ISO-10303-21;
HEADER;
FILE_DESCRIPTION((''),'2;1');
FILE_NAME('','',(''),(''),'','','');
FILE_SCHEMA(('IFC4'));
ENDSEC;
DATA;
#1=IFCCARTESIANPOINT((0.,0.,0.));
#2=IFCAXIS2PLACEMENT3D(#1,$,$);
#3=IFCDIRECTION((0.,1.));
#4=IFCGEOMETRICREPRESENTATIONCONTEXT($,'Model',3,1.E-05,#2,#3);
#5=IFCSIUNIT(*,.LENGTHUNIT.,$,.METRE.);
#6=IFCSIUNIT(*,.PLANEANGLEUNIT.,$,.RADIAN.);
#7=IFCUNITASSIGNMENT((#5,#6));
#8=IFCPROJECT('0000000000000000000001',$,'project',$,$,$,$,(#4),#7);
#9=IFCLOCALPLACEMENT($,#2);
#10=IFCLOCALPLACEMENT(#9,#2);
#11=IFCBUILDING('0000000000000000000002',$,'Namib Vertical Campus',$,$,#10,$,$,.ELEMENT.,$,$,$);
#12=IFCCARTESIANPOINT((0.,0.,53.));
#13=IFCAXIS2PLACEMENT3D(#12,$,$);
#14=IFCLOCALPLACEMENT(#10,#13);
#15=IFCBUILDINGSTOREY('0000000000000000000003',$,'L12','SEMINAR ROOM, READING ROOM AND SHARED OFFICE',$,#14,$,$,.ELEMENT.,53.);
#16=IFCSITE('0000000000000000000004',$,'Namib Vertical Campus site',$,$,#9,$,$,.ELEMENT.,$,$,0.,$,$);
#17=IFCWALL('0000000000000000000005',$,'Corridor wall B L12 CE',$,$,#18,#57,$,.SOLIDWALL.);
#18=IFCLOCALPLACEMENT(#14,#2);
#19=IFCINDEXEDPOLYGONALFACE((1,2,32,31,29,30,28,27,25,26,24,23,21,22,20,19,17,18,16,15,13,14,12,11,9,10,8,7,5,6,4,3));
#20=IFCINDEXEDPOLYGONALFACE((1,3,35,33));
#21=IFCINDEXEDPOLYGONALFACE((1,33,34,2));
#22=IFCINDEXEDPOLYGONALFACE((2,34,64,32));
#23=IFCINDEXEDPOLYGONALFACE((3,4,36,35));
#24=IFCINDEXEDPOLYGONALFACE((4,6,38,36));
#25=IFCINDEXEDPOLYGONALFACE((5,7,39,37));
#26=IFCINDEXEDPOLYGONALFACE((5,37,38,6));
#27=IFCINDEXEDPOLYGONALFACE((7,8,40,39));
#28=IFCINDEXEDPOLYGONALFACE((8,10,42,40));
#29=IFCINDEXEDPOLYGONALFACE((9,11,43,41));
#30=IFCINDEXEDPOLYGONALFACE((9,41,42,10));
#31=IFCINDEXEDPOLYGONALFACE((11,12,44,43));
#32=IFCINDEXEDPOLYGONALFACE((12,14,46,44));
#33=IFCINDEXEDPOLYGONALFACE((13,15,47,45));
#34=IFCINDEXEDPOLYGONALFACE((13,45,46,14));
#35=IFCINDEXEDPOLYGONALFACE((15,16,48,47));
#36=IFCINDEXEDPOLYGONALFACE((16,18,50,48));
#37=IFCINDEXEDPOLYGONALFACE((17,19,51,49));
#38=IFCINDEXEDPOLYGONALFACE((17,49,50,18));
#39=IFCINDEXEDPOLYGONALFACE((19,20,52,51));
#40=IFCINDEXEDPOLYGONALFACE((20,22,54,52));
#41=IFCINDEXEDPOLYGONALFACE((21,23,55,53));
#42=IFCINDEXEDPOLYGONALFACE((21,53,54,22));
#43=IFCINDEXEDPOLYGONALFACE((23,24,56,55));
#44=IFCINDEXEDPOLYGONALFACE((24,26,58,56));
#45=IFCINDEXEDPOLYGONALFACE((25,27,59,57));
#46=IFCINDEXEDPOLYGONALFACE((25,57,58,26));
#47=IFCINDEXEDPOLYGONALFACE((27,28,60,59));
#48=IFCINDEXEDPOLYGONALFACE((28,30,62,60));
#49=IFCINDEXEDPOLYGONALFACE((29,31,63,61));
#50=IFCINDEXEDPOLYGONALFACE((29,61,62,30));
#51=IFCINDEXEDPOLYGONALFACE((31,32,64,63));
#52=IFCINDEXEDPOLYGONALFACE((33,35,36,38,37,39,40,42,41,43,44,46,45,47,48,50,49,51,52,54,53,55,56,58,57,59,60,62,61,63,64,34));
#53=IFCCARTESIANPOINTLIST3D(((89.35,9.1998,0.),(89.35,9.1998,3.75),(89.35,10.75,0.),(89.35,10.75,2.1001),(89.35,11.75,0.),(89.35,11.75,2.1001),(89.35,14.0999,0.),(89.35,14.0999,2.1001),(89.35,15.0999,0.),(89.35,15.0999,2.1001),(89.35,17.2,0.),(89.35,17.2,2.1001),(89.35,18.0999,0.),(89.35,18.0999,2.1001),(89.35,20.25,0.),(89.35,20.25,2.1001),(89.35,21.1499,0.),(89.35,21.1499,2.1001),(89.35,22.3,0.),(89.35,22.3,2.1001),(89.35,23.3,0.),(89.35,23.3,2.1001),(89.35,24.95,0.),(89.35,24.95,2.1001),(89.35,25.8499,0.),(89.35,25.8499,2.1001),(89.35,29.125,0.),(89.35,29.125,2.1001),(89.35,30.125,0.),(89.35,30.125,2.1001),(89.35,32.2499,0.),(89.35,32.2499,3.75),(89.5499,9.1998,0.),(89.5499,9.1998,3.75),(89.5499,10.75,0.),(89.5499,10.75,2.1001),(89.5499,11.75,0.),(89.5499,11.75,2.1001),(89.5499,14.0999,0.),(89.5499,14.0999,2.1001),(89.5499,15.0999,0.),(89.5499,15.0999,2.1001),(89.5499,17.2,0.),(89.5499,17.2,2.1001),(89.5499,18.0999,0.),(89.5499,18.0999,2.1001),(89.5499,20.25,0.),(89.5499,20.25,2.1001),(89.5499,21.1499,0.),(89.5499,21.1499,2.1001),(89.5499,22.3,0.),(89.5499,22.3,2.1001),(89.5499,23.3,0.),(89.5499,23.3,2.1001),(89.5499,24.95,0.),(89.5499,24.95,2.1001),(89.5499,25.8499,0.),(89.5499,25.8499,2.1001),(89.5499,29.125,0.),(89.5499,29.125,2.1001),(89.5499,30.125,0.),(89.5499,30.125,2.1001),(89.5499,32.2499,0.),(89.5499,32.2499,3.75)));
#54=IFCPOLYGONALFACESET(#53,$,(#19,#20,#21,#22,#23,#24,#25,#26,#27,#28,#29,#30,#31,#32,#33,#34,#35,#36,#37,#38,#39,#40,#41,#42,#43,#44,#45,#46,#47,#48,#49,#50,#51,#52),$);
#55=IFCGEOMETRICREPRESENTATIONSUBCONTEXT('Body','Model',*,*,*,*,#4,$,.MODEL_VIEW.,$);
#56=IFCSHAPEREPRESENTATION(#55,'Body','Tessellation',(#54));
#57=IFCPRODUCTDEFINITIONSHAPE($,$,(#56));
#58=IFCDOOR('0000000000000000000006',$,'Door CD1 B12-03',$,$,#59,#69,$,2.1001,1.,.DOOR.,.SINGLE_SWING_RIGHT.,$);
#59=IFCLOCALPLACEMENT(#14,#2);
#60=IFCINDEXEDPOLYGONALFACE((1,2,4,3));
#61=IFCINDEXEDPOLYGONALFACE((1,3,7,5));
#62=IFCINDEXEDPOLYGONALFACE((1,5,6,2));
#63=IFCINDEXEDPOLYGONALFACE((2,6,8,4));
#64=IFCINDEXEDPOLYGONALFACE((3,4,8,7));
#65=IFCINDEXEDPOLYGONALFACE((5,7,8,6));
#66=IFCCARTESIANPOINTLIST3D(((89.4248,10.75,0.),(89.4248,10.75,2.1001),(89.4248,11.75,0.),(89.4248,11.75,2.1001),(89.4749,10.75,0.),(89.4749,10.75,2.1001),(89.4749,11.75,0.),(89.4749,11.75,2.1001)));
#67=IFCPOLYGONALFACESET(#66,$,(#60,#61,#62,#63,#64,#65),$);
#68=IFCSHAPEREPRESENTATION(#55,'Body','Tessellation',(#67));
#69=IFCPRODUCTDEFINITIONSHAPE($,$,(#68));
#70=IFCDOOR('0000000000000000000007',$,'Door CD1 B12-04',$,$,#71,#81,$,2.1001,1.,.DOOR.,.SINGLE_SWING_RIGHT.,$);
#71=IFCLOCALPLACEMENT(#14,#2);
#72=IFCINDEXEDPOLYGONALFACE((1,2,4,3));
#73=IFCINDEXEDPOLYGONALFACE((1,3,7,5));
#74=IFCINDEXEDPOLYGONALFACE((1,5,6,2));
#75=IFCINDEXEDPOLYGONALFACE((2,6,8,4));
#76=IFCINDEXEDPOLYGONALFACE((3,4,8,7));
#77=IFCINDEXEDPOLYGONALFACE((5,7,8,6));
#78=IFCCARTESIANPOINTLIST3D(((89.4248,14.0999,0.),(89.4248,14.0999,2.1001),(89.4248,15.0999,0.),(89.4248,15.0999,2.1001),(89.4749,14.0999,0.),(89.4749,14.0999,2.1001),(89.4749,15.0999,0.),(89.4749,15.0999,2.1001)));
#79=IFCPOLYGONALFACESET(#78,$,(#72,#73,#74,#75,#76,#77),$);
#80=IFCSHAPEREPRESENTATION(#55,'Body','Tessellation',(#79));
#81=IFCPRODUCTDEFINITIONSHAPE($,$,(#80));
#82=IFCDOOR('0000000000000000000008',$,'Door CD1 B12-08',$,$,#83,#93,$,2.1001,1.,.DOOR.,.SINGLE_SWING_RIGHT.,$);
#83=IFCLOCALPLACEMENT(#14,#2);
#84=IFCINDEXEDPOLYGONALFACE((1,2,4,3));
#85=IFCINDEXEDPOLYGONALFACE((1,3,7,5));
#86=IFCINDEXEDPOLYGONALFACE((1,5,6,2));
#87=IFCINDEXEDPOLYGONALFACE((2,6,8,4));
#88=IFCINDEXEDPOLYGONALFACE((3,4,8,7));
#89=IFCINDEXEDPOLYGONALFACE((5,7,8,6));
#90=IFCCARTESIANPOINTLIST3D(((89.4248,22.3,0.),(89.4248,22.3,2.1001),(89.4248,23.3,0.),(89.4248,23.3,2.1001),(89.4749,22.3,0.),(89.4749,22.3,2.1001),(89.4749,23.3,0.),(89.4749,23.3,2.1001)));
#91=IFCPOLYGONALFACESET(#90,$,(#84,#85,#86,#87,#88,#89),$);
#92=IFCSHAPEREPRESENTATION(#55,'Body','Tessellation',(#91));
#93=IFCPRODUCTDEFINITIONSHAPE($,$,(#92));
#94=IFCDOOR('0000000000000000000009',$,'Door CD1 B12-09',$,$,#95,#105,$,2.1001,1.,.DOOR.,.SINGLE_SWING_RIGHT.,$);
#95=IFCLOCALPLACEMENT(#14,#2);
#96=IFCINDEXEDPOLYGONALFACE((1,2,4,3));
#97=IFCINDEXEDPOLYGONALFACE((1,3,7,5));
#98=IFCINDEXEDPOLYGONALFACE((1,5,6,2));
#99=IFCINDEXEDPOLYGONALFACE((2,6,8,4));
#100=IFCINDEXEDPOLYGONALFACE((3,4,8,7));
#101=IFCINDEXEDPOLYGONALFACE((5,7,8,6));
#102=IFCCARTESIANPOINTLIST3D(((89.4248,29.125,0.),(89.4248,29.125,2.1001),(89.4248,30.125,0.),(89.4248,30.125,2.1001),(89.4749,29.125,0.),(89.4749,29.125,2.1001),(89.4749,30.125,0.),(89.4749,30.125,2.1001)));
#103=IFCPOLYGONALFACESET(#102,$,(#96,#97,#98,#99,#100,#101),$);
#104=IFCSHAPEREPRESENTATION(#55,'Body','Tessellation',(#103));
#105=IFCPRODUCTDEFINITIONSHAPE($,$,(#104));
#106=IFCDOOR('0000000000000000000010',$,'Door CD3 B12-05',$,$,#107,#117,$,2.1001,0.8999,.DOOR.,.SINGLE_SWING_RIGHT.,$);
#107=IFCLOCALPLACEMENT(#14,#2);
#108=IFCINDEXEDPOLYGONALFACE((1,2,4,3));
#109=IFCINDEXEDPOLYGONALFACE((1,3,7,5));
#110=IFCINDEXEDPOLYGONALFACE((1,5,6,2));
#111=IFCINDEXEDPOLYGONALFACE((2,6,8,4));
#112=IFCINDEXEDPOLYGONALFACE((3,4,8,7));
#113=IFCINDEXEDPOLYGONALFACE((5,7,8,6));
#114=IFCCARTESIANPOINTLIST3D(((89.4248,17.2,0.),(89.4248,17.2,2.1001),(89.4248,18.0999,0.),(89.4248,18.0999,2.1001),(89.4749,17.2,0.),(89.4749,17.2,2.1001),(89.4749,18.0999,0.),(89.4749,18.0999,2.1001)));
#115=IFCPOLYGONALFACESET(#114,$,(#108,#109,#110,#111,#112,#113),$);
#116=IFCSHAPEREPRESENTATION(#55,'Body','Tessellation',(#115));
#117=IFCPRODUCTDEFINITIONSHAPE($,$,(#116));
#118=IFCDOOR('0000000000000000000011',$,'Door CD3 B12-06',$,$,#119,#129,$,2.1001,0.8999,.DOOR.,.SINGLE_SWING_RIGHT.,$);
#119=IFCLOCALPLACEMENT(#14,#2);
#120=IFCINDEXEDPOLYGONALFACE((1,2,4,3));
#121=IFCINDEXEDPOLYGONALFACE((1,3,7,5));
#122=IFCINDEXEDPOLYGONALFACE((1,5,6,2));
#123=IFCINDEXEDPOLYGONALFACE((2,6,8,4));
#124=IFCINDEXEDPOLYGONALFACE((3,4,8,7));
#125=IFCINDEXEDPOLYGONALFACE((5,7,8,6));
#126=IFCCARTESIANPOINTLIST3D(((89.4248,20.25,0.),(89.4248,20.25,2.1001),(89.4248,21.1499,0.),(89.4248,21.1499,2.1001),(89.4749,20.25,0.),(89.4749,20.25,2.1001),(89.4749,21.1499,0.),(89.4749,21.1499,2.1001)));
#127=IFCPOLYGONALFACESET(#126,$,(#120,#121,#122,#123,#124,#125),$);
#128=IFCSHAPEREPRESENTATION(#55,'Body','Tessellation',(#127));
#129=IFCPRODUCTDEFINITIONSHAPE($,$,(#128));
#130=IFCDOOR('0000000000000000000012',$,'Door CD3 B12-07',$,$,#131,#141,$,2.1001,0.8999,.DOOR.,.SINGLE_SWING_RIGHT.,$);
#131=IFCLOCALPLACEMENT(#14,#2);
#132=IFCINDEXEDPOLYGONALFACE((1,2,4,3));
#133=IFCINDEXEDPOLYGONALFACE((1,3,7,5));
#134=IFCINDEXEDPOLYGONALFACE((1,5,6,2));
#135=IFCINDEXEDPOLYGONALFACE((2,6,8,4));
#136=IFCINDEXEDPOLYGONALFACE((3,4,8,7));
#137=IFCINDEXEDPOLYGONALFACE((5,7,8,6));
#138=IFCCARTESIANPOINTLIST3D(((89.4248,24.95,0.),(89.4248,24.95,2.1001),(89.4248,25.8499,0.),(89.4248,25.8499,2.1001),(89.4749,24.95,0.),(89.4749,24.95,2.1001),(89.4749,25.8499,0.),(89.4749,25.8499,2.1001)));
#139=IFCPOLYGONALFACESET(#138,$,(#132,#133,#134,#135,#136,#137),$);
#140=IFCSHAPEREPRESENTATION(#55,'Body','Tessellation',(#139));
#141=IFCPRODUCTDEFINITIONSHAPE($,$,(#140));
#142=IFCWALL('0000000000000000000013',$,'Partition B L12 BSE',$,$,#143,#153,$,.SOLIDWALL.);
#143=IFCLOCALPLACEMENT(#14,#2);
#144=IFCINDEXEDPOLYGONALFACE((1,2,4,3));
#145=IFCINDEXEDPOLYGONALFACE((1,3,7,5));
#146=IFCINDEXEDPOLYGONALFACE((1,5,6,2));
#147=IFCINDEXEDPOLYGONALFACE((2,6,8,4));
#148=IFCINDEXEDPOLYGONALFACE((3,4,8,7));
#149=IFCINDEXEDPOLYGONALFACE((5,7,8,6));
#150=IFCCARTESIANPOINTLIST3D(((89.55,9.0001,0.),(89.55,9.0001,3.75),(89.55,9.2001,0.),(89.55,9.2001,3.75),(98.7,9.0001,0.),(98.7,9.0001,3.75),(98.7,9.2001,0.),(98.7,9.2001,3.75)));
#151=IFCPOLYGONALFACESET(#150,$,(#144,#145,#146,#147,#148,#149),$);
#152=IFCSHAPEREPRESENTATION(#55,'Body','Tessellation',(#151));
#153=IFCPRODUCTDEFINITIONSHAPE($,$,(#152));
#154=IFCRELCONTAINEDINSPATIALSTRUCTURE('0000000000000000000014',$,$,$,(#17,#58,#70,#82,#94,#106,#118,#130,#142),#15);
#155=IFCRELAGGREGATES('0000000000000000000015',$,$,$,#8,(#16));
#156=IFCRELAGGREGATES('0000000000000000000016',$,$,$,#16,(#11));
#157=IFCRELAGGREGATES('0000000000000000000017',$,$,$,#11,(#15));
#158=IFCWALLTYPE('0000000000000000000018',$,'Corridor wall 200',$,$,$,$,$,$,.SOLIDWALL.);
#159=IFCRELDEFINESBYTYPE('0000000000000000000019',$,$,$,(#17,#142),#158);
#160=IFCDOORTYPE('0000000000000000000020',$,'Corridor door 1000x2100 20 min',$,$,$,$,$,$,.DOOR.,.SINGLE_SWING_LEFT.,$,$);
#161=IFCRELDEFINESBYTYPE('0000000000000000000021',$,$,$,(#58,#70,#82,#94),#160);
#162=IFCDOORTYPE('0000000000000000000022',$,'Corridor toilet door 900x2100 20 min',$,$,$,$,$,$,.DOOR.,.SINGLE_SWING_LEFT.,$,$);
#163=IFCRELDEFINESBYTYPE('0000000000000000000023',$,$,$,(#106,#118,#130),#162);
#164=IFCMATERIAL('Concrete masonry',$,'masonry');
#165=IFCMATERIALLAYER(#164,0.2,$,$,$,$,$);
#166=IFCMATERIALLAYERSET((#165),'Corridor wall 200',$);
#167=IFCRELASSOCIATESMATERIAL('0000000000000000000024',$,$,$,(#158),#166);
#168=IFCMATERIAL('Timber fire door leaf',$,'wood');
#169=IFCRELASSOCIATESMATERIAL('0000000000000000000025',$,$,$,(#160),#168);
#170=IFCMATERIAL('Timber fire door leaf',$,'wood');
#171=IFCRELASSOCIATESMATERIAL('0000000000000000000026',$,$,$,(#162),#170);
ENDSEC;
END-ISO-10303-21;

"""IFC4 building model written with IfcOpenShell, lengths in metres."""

from ifc_helpers import new_model, si_unit, direction, frame, frame_2d, origin, place, context, subcontext, project, spatial, rectangle, extrude, material, layer, layer_set, type_object, element, fill, save


model = new_model("IFC4")

# Units and contexts
model_context = context("Model", 3, precision=1e-05, world=origin(), true_north=direction((0.0, 1.0)))
body_context = subcontext(model_context, "Body", "Model", "MODEL_VIEW")
ifc_project = project(units=[si_unit("LENGTHUNIT", "METRE"), si_unit("PLANEANGLEUNIT", "RADIAN")], contexts=[model_context])

# Site, building, storey
site_placement = place(None, origin())
site = spatial("IfcSite", under=ifc_project, at=site_placement, Name="Namib Vertical Campus site", CompositionType="ELEMENT", RefElevation=0.0)
building_placement = place(site_placement, origin())
building = spatial("IfcBuilding", under=site, at=building_placement, Name="Namib Vertical Campus", CompositionType="ELEMENT")
storey_placement = place(building_placement, frame((0.0, 0.0, 53.0)))
storey = spatial("IfcBuildingStorey", under=building, at=storey_placement, Name="L12", Description="SEMINAR ROOM, READING ROOM AND SHARED OFFICE", CompositionType="ELEMENT", Elevation=53.0)

# Wall, openings, doors
ifc_material_1 = material(Name="Concrete masonry", Category="masonry")
ifc_layer_1 = layer(ifc_material_1, 0.2)
ifc_layer_set_1 = layer_set([ifc_layer_1], Name="Corridor wall 200")
wall_type_1 = type_object("IfcWallType", Name="Corridor wall 200", PredefinedType="SOLIDWALL", material=ifc_layer_set_1)
wall_1_placement = place(storey_placement, frame((89.45, 9.2, 0.0), z_axis=(0.0, 0.0, 1.0), x_axis=(0.0, 1.0, 0.0)))
wall_1 = element("IfcWall", 1, at=wall_1_placement, inside=storey, type_object=wall_type_1, Name="Corridor wall B L12 CE", PredefinedType="SOLIDWALL", context=body_context, shape_type="SweptSolid", body=[
    extrude(rectangle(XDim=23.05, YDim=0.2, at=frame_2d((11.5249, 0.0))), origin(), (0.0, 0.0, 1.0), 3.75),
])
opening_1_placement = place(wall_1_placement, frame((1.55, 0.0, 0.0)))
opening_1 = element("IfcOpeningElement", 2, at=opening_1_placement, cuts=wall_1, PredefinedType="OPENING", context=body_context, shape_type="SweptSolid", body=[
    extrude(rectangle(XDim=1.0, YDim=2.1001, at=frame_2d((0.5, 1.05))), frame((0.0, 0.1099, 0.0), z_axis=(0.0, -1.0, 0.0), x_axis=(1.0, 0.0, 0.0)), (0.0, 0.0, 1.0), 0.22),
])
opening_2_placement = place(wall_1_placement, frame((4.8999, 0.0, 0.0)))
opening_2 = element("IfcOpeningElement", 3, at=opening_2_placement, cuts=wall_1, PredefinedType="OPENING", context=body_context, shape_type="SweptSolid", body=[
    extrude(rectangle(XDim=1.0, YDim=2.1001, at=frame_2d((0.5, 1.05))), frame((0.0, 0.1099, 0.0), z_axis=(0.0, -1.0, 0.0), x_axis=(1.0, 0.0, 0.0)), (0.0, 0.0, 1.0), 0.22),
])
opening_3_placement = place(wall_1_placement, frame((8.0, 0.0, 0.0)))
opening_3 = element("IfcOpeningElement", 4, at=opening_3_placement, cuts=wall_1, PredefinedType="OPENING", context=body_context, shape_type="SweptSolid", body=[
    extrude(rectangle(XDim=0.8999, YDim=2.1001, at=frame_2d((0.45, 1.05))), frame((0.0, 0.1099, 0.0), z_axis=(0.0, -1.0, 0.0), x_axis=(1.0, 0.0, 0.0)), (0.0, 0.0, 1.0), 0.22),
])
opening_4_placement = place(wall_1_placement, frame((11.05, 0.0, 0.0)))
opening_4 = element("IfcOpeningElement", 5, at=opening_4_placement, cuts=wall_1, PredefinedType="OPENING", context=body_context, shape_type="SweptSolid", body=[
    extrude(rectangle(XDim=0.8999, YDim=2.1001, at=frame_2d((0.45, 1.05))), frame((0.0, 0.1099, 0.0), z_axis=(0.0, -1.0, 0.0), x_axis=(1.0, 0.0, 0.0)), (0.0, 0.0, 1.0), 0.22),
])
opening_5_placement = place(wall_1_placement, frame((15.75, 0.0, 0.0)))
opening_5 = element("IfcOpeningElement", 6, at=opening_5_placement, cuts=wall_1, PredefinedType="OPENING", context=body_context, shape_type="SweptSolid", body=[
    extrude(rectangle(XDim=0.8999, YDim=2.1001, at=frame_2d((0.45, 1.05))), frame((0.0, 0.1099, 0.0), z_axis=(0.0, -1.0, 0.0), x_axis=(1.0, 0.0, 0.0)), (0.0, 0.0, 1.0), 0.22),
])
opening_6_placement = place(wall_1_placement, frame((13.1001, 0.0, 0.0)))
opening_6 = element("IfcOpeningElement", 7, at=opening_6_placement, cuts=wall_1, PredefinedType="OPENING", context=body_context, shape_type="SweptSolid", body=[
    extrude(rectangle(XDim=1.0, YDim=2.1001, at=frame_2d((0.5, 1.05))), frame((0.0, 0.1099, 0.0), z_axis=(0.0, -1.0, 0.0), x_axis=(1.0, 0.0, 0.0)), (0.0, 0.0, 1.0), 0.22),
])
opening_7_placement = place(wall_1_placement, frame((19.925, 0.0, 0.0)))
opening_7 = element("IfcOpeningElement", 8, at=opening_7_placement, cuts=wall_1, PredefinedType="OPENING", context=body_context, shape_type="SweptSolid", body=[
    extrude(rectangle(XDim=1.0, YDim=2.1001, at=frame_2d((0.5, 1.05))), frame((0.0, 0.1099, 0.0), z_axis=(0.0, -1.0, 0.0), x_axis=(1.0, 0.0, 0.0)), (0.0, 0.0, 1.0), 0.22),
])
ifc_material_2 = material(Name="Timber fire door leaf", Category="wood")
door_type_1 = type_object("IfcDoorType", Name="Corridor door 1000x2100 20 min", OperationType="SINGLE_SWING_LEFT", PredefinedType="DOOR", material=ifc_material_2)
door_1_placement = place(opening_1_placement, frame((1.0, 0.0, 0.0), z_axis=(0.0, 0.0, 1.0), x_axis=(-1.0, 0.0, 0.0)))
door_1 = element("IfcDoor", 9, at=door_1_placement, inside=storey, type_object=door_type_1, Name="Door CD1 B12-03", OperationType="SINGLE_SWING_RIGHT", OverallHeight=2.1001, OverallWidth=1.0, PredefinedType="DOOR", context=body_context, shape_type="SweptSolid", body=[
    extrude(rectangle(XDim=1.0, YDim=2.1001, at=frame_2d((0.5, 1.05))), frame((0.0, 0.0249, 0.0), z_axis=(0.0, -1.0, 0.0), x_axis=(1.0, 0.0, 0.0)), (0.0, 0.0, 1.0), 0.05),
])
fill(opening_1, door_1)
door_2_placement = place(opening_2_placement, frame((1.0, 0.0, 0.0), z_axis=(0.0, 0.0, 1.0), x_axis=(-1.0, 0.0, 0.0)))
door_2 = element("IfcDoor", 10, at=door_2_placement, inside=storey, type_object=door_type_1, Name="Door CD1 B12-04", OperationType="SINGLE_SWING_RIGHT", OverallHeight=2.1001, OverallWidth=1.0, PredefinedType="DOOR", context=body_context, shape_type="SweptSolid", body=[
    extrude(rectangle(XDim=1.0, YDim=2.1001, at=frame_2d((0.5, 1.05))), frame((0.0, 0.0249, 0.0), z_axis=(0.0, -1.0, 0.0), x_axis=(1.0, 0.0, 0.0)), (0.0, 0.0, 1.0), 0.05),
])
fill(opening_2, door_2)
door_3_placement = place(opening_6_placement, frame((1.0, 0.0, 0.0), z_axis=(0.0, 0.0, 1.0), x_axis=(-1.0, 0.0, 0.0)))
door_3 = element("IfcDoor", 11, at=door_3_placement, inside=storey, type_object=door_type_1, Name="Door CD1 B12-08", OperationType="SINGLE_SWING_RIGHT", OverallHeight=2.1001, OverallWidth=1.0, PredefinedType="DOOR", context=body_context, shape_type="SweptSolid", body=[
    extrude(rectangle(XDim=1.0, YDim=2.1001, at=frame_2d((0.5, 1.05))), frame((0.0, 0.0249, 0.0), z_axis=(0.0, -1.0, 0.0), x_axis=(1.0, 0.0, 0.0)), (0.0, 0.0, 1.0), 0.05),
])
fill(opening_6, door_3)
door_4_placement = place(opening_7_placement, frame((1.0, 0.0, 0.0), z_axis=(0.0, 0.0, 1.0), x_axis=(-1.0, 0.0, 0.0)))
door_4 = element("IfcDoor", 12, at=door_4_placement, inside=storey, type_object=door_type_1, Name="Door CD1 B12-09", OperationType="SINGLE_SWING_RIGHT", OverallHeight=2.1001, OverallWidth=1.0, PredefinedType="DOOR", context=body_context, shape_type="SweptSolid", body=[
    extrude(rectangle(XDim=1.0, YDim=2.1001, at=frame_2d((0.5, 1.05))), frame((0.0, 0.0249, 0.0), z_axis=(0.0, -1.0, 0.0), x_axis=(1.0, 0.0, 0.0)), (0.0, 0.0, 1.0), 0.05),
])
fill(opening_7, door_4)
ifc_material_3 = material(Name="Timber fire door leaf", Category="wood")
door_type_2 = type_object("IfcDoorType", Name="Corridor toilet door 900x2100 20 min", OperationType="SINGLE_SWING_LEFT", PredefinedType="DOOR", material=ifc_material_3)
door_5_placement = place(opening_3_placement, frame((0.8999, 0.0, 0.0), z_axis=(0.0, 0.0, 1.0), x_axis=(-1.0, 0.0, 0.0)))
door_5 = element("IfcDoor", 13, at=door_5_placement, inside=storey, type_object=door_type_2, Name="Door CD3 B12-05", OperationType="SINGLE_SWING_RIGHT", OverallHeight=2.1001, OverallWidth=0.8999, PredefinedType="DOOR", context=body_context, shape_type="SweptSolid", body=[
    extrude(rectangle(XDim=0.8999, YDim=2.1001, at=frame_2d((0.45, 1.05))), frame((0.0, 0.0249, 0.0), z_axis=(0.0, -1.0, 0.0), x_axis=(1.0, 0.0, 0.0)), (0.0, 0.0, 1.0), 0.05),
])
fill(opening_3, door_5)
door_6_placement = place(opening_4_placement, frame((0.8999, 0.0, 0.0), z_axis=(0.0, 0.0, 1.0), x_axis=(-1.0, 0.0, 0.0)))
door_6 = element("IfcDoor", 14, at=door_6_placement, inside=storey, type_object=door_type_2, Name="Door CD3 B12-06", OperationType="SINGLE_SWING_RIGHT", OverallHeight=2.1001, OverallWidth=0.8999, PredefinedType="DOOR", context=body_context, shape_type="SweptSolid", body=[
    extrude(rectangle(XDim=0.8999, YDim=2.1001, at=frame_2d((0.45, 1.05))), frame((0.0, 0.0249, 0.0), z_axis=(0.0, -1.0, 0.0), x_axis=(1.0, 0.0, 0.0)), (0.0, 0.0, 1.0), 0.05),
])
fill(opening_4, door_6)
door_7_placement = place(opening_5_placement, frame((0.8999, 0.0, 0.0), z_axis=(0.0, 0.0, 1.0), x_axis=(-1.0, 0.0, 0.0)))
door_7 = element("IfcDoor", 15, at=door_7_placement, inside=storey, type_object=door_type_2, Name="Door CD3 B12-07", OperationType="SINGLE_SWING_RIGHT", OverallHeight=2.1001, OverallWidth=0.8999, PredefinedType="DOOR", context=body_context, shape_type="SweptSolid", body=[
    extrude(rectangle(XDim=0.8999, YDim=2.1001, at=frame_2d((0.45, 1.05))), frame((0.0, 0.0249, 0.0), z_axis=(0.0, -1.0, 0.0), x_axis=(1.0, 0.0, 0.0)), (0.0, 0.0, 1.0), 0.05),
])
fill(opening_5, door_7)

# Wall
wall_2_placement = place(storey_placement, frame((89.55, 9.1001, 0.0), z_axis=(0.0, 0.0, 1.0), x_axis=(1.0, 0.0, 0.0)))
element("IfcWall", 16, at=wall_2_placement, inside=storey, type_object=wall_type_1, Name="Partition B L12 BSE", PredefinedType="SOLIDWALL", context=body_context, shape_type="SweptSolid", body=[
    extrude(rectangle(XDim=9.1499, YDim=0.2, at=frame_2d((4.575, 0.0))), origin(), (0.0, 0.0, 1.0), 3.75),
])

save(model, "model.ifc")
